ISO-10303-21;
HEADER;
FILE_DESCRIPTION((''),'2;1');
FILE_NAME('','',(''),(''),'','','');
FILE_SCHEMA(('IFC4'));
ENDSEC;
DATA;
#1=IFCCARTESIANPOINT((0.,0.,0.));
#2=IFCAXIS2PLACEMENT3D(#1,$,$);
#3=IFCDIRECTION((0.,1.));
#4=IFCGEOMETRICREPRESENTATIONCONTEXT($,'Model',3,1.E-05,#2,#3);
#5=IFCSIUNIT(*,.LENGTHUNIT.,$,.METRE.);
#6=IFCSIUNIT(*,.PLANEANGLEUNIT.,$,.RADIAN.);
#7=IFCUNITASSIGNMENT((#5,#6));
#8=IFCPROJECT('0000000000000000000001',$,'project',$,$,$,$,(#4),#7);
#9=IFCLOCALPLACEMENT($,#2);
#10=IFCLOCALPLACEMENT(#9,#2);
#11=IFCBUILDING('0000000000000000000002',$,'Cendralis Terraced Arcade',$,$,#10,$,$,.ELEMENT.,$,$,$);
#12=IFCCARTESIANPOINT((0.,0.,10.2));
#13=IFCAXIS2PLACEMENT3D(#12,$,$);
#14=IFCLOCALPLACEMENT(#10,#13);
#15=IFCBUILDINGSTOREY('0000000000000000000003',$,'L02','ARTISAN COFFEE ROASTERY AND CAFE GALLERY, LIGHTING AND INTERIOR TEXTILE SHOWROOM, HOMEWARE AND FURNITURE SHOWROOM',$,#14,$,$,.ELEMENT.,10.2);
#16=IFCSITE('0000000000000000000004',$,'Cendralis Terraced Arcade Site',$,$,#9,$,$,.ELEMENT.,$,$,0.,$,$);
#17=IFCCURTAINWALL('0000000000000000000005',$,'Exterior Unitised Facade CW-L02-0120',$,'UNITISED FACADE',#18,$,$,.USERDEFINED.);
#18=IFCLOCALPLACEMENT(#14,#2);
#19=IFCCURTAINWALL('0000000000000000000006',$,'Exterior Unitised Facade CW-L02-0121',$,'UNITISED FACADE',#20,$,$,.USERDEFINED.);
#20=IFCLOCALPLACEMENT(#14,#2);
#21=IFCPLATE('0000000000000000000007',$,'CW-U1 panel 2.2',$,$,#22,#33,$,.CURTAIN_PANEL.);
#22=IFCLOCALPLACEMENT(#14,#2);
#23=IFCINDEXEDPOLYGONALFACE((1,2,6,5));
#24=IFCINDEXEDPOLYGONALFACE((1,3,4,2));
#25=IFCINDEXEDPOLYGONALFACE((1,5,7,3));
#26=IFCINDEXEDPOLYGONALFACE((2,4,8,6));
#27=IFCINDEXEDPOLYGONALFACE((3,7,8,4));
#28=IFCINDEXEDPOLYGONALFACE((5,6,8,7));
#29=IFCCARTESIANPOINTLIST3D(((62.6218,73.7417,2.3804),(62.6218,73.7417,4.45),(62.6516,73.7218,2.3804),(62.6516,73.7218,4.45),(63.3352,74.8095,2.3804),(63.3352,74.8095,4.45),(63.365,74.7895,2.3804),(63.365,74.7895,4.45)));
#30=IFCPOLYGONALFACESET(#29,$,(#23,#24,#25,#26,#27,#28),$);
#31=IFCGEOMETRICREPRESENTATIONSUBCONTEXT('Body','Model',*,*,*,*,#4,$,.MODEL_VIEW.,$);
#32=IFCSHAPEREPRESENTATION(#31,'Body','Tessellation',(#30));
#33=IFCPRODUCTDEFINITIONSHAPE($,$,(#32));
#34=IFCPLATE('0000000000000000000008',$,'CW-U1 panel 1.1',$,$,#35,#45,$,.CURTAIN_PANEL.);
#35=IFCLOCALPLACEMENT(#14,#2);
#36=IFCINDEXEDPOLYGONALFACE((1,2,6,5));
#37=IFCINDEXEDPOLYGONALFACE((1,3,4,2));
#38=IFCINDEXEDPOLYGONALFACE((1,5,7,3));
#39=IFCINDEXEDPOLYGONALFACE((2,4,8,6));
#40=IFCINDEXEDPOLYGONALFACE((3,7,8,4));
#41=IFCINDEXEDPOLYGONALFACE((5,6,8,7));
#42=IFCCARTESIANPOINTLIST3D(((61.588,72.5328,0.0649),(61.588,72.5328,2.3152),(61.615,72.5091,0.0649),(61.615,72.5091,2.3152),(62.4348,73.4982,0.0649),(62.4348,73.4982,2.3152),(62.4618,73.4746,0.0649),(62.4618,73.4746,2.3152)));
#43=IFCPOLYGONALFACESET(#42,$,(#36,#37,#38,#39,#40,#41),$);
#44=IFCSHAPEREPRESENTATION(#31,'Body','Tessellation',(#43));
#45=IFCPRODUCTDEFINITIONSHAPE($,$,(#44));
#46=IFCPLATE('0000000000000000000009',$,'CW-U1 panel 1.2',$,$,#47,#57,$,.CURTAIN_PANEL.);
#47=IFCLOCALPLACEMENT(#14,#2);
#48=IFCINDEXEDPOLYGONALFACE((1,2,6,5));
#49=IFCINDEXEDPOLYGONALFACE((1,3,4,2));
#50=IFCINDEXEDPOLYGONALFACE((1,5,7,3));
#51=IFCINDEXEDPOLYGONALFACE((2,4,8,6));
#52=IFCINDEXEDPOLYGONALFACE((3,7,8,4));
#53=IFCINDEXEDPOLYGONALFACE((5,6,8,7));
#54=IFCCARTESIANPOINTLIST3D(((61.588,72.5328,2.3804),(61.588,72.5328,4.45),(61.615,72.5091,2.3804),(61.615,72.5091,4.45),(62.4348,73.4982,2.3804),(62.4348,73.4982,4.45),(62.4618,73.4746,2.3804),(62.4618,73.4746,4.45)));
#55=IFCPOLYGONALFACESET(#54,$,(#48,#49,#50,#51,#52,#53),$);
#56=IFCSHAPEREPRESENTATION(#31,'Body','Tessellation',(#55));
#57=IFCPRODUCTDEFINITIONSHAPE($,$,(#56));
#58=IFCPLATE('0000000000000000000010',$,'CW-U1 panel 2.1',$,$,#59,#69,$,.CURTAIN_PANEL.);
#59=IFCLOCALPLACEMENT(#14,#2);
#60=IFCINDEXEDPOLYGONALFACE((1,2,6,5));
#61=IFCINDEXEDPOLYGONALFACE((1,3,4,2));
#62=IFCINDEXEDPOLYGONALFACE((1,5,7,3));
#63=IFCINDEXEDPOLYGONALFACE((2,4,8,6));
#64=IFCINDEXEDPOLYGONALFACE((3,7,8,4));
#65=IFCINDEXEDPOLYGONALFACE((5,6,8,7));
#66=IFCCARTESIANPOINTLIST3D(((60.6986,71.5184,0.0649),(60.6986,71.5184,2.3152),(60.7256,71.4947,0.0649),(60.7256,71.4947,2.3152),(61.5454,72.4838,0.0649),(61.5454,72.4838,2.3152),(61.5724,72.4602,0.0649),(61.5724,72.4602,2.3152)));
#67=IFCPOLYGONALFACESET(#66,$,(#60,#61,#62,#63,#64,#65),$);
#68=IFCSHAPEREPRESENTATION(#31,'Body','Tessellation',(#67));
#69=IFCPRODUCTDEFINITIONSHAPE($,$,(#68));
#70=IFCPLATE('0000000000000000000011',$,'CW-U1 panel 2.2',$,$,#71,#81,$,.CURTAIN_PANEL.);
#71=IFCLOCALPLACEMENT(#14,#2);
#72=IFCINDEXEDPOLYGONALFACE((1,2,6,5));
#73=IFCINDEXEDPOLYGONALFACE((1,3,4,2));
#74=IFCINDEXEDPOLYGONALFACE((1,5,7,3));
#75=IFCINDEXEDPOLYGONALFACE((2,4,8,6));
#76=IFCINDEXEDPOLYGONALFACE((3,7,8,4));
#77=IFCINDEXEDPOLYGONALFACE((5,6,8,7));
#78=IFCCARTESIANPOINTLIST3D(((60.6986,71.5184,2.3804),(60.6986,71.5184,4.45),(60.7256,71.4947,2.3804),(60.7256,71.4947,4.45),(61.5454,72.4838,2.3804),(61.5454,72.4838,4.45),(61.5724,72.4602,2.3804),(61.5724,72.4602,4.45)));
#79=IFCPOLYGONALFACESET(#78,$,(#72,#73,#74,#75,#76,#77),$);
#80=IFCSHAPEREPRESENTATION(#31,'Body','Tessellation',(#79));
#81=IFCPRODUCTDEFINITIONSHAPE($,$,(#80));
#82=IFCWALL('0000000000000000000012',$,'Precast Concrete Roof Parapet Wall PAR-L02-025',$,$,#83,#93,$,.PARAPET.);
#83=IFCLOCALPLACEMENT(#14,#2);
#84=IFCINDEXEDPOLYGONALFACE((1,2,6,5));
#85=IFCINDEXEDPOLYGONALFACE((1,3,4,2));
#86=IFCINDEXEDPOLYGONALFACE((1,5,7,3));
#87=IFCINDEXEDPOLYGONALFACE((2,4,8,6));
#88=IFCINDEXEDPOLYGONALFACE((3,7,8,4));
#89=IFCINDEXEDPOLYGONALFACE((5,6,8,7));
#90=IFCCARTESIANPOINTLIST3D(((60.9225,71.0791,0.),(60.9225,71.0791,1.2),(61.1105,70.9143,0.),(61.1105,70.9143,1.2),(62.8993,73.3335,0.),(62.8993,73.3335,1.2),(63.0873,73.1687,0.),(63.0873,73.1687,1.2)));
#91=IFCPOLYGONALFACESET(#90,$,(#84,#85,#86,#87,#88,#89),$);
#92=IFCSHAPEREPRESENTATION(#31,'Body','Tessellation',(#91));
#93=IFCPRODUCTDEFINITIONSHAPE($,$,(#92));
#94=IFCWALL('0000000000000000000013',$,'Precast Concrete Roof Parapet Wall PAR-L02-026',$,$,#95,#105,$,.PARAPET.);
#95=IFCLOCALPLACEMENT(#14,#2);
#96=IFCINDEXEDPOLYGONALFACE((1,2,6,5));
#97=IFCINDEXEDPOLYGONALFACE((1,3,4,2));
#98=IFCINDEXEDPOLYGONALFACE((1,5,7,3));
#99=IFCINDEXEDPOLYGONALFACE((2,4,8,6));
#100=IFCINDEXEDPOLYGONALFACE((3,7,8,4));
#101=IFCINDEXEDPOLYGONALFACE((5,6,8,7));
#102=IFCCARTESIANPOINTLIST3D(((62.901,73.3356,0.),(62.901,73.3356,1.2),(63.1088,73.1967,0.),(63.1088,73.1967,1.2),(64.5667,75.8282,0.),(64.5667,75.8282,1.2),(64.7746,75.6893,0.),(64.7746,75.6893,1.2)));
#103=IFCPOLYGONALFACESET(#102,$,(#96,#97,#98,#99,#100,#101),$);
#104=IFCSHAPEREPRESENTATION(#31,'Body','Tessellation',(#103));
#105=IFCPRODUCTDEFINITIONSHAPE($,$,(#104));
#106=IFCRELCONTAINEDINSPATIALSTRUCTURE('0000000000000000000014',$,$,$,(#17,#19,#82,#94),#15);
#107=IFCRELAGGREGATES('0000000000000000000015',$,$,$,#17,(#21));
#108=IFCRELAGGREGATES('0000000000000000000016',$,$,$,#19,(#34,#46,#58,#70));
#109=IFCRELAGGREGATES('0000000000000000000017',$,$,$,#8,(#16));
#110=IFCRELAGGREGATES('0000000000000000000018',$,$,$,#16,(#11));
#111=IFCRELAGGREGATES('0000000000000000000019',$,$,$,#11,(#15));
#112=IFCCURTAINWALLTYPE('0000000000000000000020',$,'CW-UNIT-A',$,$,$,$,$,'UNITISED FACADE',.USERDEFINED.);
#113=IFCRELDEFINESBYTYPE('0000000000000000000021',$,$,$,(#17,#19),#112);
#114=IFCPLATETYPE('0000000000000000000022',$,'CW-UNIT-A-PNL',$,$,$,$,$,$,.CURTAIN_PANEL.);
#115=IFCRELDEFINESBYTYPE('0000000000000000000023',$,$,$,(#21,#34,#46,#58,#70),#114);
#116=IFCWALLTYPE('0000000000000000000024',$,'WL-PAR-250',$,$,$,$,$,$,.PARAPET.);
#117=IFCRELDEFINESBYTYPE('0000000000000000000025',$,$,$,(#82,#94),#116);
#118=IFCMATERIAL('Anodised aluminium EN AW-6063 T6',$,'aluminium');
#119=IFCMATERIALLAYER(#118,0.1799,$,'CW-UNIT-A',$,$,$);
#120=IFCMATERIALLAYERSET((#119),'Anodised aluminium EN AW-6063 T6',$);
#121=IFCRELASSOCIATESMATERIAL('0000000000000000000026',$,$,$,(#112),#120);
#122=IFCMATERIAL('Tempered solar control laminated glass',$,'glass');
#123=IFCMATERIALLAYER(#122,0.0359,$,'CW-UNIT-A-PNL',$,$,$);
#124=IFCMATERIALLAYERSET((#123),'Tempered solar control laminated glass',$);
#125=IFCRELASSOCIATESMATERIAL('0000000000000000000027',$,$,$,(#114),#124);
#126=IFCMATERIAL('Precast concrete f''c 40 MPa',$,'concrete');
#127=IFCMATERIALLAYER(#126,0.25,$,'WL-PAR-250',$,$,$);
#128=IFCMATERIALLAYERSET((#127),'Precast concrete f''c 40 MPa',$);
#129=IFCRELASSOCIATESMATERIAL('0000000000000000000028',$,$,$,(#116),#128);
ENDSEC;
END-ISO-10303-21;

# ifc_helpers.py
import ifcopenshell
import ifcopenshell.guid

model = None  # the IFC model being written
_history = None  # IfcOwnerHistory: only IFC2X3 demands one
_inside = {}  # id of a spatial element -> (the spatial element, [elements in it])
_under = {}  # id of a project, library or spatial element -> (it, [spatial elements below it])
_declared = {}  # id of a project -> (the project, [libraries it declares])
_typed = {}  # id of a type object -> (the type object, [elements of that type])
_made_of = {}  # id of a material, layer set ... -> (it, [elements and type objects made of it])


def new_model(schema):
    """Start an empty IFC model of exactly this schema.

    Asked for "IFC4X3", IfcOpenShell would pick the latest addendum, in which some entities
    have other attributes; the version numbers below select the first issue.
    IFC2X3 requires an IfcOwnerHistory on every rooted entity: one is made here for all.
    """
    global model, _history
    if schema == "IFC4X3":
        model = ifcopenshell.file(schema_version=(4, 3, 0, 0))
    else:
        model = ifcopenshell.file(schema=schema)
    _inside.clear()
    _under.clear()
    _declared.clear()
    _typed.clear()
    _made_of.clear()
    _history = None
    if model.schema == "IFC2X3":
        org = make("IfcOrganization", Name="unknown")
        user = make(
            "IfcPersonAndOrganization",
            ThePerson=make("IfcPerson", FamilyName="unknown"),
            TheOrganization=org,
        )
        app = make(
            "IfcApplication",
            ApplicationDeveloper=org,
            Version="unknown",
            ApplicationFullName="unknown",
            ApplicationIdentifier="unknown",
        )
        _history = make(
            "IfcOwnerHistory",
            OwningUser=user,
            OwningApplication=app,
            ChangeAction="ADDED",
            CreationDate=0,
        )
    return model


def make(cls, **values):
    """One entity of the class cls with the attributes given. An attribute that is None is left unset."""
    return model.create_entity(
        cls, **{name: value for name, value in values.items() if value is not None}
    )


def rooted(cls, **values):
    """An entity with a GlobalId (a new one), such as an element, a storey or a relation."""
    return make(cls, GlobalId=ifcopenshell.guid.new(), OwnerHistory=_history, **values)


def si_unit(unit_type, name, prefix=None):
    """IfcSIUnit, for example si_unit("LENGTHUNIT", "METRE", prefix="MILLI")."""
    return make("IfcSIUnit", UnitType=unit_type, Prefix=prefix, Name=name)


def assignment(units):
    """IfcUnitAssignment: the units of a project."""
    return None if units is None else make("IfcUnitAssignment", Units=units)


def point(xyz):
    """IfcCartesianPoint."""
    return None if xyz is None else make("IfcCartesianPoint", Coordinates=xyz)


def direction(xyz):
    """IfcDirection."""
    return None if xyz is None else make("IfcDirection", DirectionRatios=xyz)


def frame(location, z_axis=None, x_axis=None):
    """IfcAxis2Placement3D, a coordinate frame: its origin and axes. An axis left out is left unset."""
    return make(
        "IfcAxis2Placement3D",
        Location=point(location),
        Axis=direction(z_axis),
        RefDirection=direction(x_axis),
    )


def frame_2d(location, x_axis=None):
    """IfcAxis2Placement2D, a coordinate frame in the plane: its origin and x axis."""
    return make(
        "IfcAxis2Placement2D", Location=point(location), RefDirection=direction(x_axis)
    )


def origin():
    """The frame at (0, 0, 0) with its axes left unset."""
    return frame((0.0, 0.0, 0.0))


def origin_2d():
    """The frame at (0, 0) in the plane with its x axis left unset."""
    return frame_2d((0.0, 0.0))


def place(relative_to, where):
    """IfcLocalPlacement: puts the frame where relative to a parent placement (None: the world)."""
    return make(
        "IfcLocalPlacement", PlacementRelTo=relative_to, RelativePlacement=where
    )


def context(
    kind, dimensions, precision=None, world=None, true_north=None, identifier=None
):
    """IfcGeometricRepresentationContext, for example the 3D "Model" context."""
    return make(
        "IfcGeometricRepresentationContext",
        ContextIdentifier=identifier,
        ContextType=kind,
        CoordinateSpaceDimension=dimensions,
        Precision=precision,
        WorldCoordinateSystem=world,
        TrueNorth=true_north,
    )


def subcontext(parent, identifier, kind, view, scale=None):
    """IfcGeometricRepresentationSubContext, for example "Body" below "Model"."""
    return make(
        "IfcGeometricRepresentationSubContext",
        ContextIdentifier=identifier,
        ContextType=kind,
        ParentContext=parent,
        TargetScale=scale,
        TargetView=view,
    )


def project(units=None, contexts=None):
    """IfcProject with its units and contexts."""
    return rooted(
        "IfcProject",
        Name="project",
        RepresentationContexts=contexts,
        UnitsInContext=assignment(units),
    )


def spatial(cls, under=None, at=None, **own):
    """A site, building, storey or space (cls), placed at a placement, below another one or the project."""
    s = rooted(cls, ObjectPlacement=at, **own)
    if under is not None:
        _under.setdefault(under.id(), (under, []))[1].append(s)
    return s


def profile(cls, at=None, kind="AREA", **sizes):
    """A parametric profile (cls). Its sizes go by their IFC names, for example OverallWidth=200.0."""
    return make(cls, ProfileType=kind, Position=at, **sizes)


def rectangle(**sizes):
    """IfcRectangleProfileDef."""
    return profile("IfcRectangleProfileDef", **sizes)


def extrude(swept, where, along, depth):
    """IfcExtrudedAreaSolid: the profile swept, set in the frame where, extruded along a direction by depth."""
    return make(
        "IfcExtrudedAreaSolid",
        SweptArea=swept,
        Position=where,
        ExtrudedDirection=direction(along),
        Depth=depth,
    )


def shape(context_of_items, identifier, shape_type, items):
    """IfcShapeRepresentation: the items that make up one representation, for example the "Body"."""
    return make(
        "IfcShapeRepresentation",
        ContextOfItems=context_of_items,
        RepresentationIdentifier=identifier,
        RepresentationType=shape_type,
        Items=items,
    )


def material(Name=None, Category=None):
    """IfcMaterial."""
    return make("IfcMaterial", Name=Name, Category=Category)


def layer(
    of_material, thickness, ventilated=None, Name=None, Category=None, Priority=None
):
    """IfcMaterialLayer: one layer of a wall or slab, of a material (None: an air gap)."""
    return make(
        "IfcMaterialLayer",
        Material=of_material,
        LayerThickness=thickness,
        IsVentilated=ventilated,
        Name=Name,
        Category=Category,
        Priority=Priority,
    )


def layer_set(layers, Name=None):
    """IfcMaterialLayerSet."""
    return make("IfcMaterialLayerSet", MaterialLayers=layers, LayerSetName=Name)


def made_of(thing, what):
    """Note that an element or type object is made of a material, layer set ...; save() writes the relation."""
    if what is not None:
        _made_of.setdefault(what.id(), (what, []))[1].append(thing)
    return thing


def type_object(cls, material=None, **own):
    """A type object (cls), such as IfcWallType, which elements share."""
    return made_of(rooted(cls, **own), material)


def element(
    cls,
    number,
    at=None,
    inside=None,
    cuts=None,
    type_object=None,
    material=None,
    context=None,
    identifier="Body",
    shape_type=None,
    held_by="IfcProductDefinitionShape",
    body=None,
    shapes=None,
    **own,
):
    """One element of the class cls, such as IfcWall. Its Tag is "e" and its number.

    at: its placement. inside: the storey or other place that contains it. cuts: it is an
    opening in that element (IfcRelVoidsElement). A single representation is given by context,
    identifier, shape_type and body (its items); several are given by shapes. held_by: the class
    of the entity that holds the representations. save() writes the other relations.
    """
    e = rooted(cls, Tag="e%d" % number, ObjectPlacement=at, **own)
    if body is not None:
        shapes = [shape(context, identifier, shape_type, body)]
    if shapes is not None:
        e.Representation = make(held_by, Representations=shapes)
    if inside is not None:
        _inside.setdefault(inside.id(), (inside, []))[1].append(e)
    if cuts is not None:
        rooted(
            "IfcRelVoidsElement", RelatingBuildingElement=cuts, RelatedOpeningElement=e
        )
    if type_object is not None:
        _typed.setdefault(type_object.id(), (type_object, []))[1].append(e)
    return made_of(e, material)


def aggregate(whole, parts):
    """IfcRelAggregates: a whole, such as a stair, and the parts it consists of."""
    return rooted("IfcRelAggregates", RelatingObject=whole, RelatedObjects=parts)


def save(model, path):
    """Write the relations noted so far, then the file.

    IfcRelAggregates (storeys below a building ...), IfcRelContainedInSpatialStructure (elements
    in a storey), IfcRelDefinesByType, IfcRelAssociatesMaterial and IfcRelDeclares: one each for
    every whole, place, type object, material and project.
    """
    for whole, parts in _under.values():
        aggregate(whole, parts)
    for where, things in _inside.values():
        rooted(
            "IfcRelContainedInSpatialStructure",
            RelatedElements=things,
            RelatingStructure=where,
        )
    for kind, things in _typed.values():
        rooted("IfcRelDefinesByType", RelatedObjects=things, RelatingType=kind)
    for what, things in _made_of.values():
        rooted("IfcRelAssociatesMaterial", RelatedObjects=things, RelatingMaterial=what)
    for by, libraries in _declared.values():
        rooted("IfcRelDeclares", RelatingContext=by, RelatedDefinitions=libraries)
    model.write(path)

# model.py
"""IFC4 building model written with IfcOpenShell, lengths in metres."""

from ifc_helpers import new_model, si_unit, direction, frame, frame_2d, origin, origin_2d, place, context, subcontext, project, spatial, rectangle, extrude, material, layer, layer_set, type_object, element, aggregate, save


model = new_model("IFC4")

# Units and contexts
model_context = context("Model", 3, precision=1e-05, world=origin(), true_north=direction((0.0, 1.0)))
body_context = subcontext(model_context, "Body", "Model", "MODEL_VIEW")
ifc_project = project(units=[si_unit("LENGTHUNIT", "METRE"), si_unit("PLANEANGLEUNIT", "RADIAN")], contexts=[model_context])

# Site, building, storey
site_placement = place(None, origin())
site = spatial("IfcSite", under=ifc_project, at=site_placement, Name="Cendralis Terraced Arcade Site", CompositionType="ELEMENT", RefElevation=0.0)
building_placement = place(site_placement, origin())
building = spatial("IfcBuilding", under=site, at=building_placement, Name="Cendralis Terraced Arcade", CompositionType="ELEMENT")
storey_placement = place(building_placement, frame((0.0, 0.0, 10.2)))
storey = spatial("IfcBuildingStorey", under=building, at=storey_placement, Name="L02", Description="ARTISAN COFFEE ROASTERY AND CAFE GALLERY, LIGHTING AND INTERIOR TEXTILE SHOWROOM, HOMEWARE AND FURNITURE SHOWROOM", CompositionType="ELEMENT", Elevation=10.2)

# Curtain walls
ifc_material_1 = material(Name="Anodised aluminium EN AW-6063 T6", Category="aluminium")
ifc_layer_1 = layer(ifc_material_1, 0.1799, Name="CW-UNIT-A")
ifc_layer_set_1 = layer_set([ifc_layer_1], Name="Anodised aluminium EN AW-6063 T6")
curtain_wall_type = type_object("IfcCurtainWallType", Name="CW-UNIT-A", ElementType="UNITISED FACADE", PredefinedType="USERDEFINED", material=ifc_layer_set_1)
curtain_wall_1_placement = place(storey_placement, origin())
curtain_wall_1 = element("IfcCurtainWall", 1, at=curtain_wall_1_placement, inside=storey, type_object=curtain_wall_type, Name="Exterior Unitised Facade CW-L02-0120", ObjectType="UNITISED FACADE", PredefinedType="USERDEFINED")
curtain_wall_2_placement = place(storey_placement, origin())
curtain_wall_2 = element("IfcCurtainWall", 2, at=curtain_wall_2_placement, inside=storey, type_object=curtain_wall_type, Name="Exterior Unitised Facade CW-L02-0121", ObjectType="UNITISED FACADE", PredefinedType="USERDEFINED")

# Plates
ifc_material_2 = material(Name="Tempered solar control laminated glass", Category="glass")
ifc_layer_2 = layer(ifc_material_2, 0.0359, Name="CW-UNIT-A-PNL")
ifc_layer_set_2 = layer_set([ifc_layer_2], Name="Tempered solar control laminated glass")
plate_type = type_object("IfcPlateType", Name="CW-UNIT-A-PNL", PredefinedType="CURTAIN_PANEL", material=ifc_layer_set_2)
plate_1_placement = place(storey_placement, frame((62.9934, 74.2656, 2.3804), z_axis=(0.0, 0.0, 1.0), x_axis=(-0.55556, -0.831476, 0.0)))
plate_1 = element("IfcPlate", 3, at=plate_1_placement, type_object=plate_type, Name="CW-U1 panel 2.2", PredefinedType="CURTAIN_PANEL", context=body_context, shape_type="SweptSolid", body=[
    extrude(rectangle(XDim=1.2842, YDim=0.0359, at=origin_2d()), origin(), (0.0, 0.0, 1.0), 2.0696),
])
aggregate(curtain_wall_1, [plate_1])
plate_2_placement = place(storey_placement, frame((62.0249, 73.0037, 0.0649), z_axis=(0.0, 0.0, 1.0), x_axis=(-0.65938, -0.751809, 0.0)))
plate_2 = element("IfcPlate", 4, at=plate_2_placement, type_object=plate_type, Name="CW-U1 panel 1.1", PredefinedType="CURTAIN_PANEL", context=body_context, shape_type="SweptSolid", body=[
    extrude(rectangle(XDim=1.2842, YDim=0.0359, at=origin_2d()), origin(), (0.0, 0.0, 1.0), 2.2502),
])
plate_3_placement = place(storey_placement, frame((62.0249, 73.0037, 2.3804), z_axis=(0.0, 0.0, 1.0), x_axis=(-0.65938, -0.751809, 0.0)))
plate_3 = element("IfcPlate", 5, at=plate_3_placement, type_object=plate_type, Name="CW-U1 panel 1.2", PredefinedType="CURTAIN_PANEL", context=body_context, shape_type="SweptSolid", body=[
    extrude(rectangle(XDim=1.2842, YDim=0.0359, at=origin_2d()), origin(), (0.0, 0.0, 1.0), 2.0696),
])
plate_4_placement = place(storey_placement, frame((61.1355, 71.9893, 0.0649), z_axis=(0.0, 0.0, 1.0), x_axis=(-0.65938, -0.751809, 0.0)))
plate_4 = element("IfcPlate", 6, at=plate_4_placement, type_object=plate_type, Name="CW-U1 panel 2.1", PredefinedType="CURTAIN_PANEL", context=body_context, shape_type="SweptSolid", body=[
    extrude(rectangle(XDim=1.2842, YDim=0.0359, at=origin_2d()), origin(), (0.0, 0.0, 1.0), 2.2502),
])
plate_5_placement = place(storey_placement, frame((61.1355, 71.9893, 2.3804), z_axis=(0.0, 0.0, 1.0), x_axis=(-0.65938, -0.751809, 0.0)))
plate_5 = element("IfcPlate", 7, at=plate_5_placement, type_object=plate_type, Name="CW-U1 panel 2.2", PredefinedType="CURTAIN_PANEL", context=body_context, shape_type="SweptSolid", body=[
    extrude(rectangle(XDim=1.2842, YDim=0.0359, at=origin_2d()), origin(), (0.0, 0.0, 1.0), 2.0696),
])
aggregate(curtain_wall_2, [plate_2, plate_3, plate_4, plate_5])

# Walls
ifc_material_3 = material(Name="Precast concrete f'c 40 MPa", Category="concrete")
ifc_layer_3 = layer(ifc_material_3, 0.25, Name="WL-PAR-250")
ifc_layer_set_3 = layer_set([ifc_layer_3], Name="Precast concrete f'c 40 MPa")
wall_type = type_object("IfcWallType", Name="WL-PAR-250", PredefinedType="PARAPET", material=ifc_layer_set_3)
wall_1_placement = place(storey_placement, frame((61.0166, 70.9968, 0.0), z_axis=(0.0, 0.0, 1.0), x_axis=(0.6593, 0.75188, 0.0)))
element("IfcWall", 8, at=wall_1_placement, inside=storey, type_object=wall_type, Name="Precast Concrete Roof Parapet Wall PAR-L02-025", PredefinedType="PARAPET", context=body_context, shape_type="SweptSolid", body=[
    extrude(rectangle(XDim=2.9983, YDim=0.25, at=frame_2d((1.499, 0.0))), origin(), (0.0, 0.0, 1.0), 1.2),
])
wall_2_placement = place(storey_placement, frame((63.0049, 73.2661, 0.0), z_axis=(0.0, 0.0, 1.0), x_axis=(0.555621, 0.831436, 0.0)))
element("IfcWall", 9, at=wall_2_placement, inside=storey, type_object=wall_type, Name="Precast Concrete Roof Parapet Wall PAR-L02-026", PredefinedType="PARAPET", context=body_context, shape_type="SweptSolid", body=[
    extrude(rectangle(XDim=2.998, YDim=0.25, at=frame_2d((1.499, 0.0))), origin(), (0.0, 0.0, 1.0), 1.2),
])

save(model, "model.ifc")
